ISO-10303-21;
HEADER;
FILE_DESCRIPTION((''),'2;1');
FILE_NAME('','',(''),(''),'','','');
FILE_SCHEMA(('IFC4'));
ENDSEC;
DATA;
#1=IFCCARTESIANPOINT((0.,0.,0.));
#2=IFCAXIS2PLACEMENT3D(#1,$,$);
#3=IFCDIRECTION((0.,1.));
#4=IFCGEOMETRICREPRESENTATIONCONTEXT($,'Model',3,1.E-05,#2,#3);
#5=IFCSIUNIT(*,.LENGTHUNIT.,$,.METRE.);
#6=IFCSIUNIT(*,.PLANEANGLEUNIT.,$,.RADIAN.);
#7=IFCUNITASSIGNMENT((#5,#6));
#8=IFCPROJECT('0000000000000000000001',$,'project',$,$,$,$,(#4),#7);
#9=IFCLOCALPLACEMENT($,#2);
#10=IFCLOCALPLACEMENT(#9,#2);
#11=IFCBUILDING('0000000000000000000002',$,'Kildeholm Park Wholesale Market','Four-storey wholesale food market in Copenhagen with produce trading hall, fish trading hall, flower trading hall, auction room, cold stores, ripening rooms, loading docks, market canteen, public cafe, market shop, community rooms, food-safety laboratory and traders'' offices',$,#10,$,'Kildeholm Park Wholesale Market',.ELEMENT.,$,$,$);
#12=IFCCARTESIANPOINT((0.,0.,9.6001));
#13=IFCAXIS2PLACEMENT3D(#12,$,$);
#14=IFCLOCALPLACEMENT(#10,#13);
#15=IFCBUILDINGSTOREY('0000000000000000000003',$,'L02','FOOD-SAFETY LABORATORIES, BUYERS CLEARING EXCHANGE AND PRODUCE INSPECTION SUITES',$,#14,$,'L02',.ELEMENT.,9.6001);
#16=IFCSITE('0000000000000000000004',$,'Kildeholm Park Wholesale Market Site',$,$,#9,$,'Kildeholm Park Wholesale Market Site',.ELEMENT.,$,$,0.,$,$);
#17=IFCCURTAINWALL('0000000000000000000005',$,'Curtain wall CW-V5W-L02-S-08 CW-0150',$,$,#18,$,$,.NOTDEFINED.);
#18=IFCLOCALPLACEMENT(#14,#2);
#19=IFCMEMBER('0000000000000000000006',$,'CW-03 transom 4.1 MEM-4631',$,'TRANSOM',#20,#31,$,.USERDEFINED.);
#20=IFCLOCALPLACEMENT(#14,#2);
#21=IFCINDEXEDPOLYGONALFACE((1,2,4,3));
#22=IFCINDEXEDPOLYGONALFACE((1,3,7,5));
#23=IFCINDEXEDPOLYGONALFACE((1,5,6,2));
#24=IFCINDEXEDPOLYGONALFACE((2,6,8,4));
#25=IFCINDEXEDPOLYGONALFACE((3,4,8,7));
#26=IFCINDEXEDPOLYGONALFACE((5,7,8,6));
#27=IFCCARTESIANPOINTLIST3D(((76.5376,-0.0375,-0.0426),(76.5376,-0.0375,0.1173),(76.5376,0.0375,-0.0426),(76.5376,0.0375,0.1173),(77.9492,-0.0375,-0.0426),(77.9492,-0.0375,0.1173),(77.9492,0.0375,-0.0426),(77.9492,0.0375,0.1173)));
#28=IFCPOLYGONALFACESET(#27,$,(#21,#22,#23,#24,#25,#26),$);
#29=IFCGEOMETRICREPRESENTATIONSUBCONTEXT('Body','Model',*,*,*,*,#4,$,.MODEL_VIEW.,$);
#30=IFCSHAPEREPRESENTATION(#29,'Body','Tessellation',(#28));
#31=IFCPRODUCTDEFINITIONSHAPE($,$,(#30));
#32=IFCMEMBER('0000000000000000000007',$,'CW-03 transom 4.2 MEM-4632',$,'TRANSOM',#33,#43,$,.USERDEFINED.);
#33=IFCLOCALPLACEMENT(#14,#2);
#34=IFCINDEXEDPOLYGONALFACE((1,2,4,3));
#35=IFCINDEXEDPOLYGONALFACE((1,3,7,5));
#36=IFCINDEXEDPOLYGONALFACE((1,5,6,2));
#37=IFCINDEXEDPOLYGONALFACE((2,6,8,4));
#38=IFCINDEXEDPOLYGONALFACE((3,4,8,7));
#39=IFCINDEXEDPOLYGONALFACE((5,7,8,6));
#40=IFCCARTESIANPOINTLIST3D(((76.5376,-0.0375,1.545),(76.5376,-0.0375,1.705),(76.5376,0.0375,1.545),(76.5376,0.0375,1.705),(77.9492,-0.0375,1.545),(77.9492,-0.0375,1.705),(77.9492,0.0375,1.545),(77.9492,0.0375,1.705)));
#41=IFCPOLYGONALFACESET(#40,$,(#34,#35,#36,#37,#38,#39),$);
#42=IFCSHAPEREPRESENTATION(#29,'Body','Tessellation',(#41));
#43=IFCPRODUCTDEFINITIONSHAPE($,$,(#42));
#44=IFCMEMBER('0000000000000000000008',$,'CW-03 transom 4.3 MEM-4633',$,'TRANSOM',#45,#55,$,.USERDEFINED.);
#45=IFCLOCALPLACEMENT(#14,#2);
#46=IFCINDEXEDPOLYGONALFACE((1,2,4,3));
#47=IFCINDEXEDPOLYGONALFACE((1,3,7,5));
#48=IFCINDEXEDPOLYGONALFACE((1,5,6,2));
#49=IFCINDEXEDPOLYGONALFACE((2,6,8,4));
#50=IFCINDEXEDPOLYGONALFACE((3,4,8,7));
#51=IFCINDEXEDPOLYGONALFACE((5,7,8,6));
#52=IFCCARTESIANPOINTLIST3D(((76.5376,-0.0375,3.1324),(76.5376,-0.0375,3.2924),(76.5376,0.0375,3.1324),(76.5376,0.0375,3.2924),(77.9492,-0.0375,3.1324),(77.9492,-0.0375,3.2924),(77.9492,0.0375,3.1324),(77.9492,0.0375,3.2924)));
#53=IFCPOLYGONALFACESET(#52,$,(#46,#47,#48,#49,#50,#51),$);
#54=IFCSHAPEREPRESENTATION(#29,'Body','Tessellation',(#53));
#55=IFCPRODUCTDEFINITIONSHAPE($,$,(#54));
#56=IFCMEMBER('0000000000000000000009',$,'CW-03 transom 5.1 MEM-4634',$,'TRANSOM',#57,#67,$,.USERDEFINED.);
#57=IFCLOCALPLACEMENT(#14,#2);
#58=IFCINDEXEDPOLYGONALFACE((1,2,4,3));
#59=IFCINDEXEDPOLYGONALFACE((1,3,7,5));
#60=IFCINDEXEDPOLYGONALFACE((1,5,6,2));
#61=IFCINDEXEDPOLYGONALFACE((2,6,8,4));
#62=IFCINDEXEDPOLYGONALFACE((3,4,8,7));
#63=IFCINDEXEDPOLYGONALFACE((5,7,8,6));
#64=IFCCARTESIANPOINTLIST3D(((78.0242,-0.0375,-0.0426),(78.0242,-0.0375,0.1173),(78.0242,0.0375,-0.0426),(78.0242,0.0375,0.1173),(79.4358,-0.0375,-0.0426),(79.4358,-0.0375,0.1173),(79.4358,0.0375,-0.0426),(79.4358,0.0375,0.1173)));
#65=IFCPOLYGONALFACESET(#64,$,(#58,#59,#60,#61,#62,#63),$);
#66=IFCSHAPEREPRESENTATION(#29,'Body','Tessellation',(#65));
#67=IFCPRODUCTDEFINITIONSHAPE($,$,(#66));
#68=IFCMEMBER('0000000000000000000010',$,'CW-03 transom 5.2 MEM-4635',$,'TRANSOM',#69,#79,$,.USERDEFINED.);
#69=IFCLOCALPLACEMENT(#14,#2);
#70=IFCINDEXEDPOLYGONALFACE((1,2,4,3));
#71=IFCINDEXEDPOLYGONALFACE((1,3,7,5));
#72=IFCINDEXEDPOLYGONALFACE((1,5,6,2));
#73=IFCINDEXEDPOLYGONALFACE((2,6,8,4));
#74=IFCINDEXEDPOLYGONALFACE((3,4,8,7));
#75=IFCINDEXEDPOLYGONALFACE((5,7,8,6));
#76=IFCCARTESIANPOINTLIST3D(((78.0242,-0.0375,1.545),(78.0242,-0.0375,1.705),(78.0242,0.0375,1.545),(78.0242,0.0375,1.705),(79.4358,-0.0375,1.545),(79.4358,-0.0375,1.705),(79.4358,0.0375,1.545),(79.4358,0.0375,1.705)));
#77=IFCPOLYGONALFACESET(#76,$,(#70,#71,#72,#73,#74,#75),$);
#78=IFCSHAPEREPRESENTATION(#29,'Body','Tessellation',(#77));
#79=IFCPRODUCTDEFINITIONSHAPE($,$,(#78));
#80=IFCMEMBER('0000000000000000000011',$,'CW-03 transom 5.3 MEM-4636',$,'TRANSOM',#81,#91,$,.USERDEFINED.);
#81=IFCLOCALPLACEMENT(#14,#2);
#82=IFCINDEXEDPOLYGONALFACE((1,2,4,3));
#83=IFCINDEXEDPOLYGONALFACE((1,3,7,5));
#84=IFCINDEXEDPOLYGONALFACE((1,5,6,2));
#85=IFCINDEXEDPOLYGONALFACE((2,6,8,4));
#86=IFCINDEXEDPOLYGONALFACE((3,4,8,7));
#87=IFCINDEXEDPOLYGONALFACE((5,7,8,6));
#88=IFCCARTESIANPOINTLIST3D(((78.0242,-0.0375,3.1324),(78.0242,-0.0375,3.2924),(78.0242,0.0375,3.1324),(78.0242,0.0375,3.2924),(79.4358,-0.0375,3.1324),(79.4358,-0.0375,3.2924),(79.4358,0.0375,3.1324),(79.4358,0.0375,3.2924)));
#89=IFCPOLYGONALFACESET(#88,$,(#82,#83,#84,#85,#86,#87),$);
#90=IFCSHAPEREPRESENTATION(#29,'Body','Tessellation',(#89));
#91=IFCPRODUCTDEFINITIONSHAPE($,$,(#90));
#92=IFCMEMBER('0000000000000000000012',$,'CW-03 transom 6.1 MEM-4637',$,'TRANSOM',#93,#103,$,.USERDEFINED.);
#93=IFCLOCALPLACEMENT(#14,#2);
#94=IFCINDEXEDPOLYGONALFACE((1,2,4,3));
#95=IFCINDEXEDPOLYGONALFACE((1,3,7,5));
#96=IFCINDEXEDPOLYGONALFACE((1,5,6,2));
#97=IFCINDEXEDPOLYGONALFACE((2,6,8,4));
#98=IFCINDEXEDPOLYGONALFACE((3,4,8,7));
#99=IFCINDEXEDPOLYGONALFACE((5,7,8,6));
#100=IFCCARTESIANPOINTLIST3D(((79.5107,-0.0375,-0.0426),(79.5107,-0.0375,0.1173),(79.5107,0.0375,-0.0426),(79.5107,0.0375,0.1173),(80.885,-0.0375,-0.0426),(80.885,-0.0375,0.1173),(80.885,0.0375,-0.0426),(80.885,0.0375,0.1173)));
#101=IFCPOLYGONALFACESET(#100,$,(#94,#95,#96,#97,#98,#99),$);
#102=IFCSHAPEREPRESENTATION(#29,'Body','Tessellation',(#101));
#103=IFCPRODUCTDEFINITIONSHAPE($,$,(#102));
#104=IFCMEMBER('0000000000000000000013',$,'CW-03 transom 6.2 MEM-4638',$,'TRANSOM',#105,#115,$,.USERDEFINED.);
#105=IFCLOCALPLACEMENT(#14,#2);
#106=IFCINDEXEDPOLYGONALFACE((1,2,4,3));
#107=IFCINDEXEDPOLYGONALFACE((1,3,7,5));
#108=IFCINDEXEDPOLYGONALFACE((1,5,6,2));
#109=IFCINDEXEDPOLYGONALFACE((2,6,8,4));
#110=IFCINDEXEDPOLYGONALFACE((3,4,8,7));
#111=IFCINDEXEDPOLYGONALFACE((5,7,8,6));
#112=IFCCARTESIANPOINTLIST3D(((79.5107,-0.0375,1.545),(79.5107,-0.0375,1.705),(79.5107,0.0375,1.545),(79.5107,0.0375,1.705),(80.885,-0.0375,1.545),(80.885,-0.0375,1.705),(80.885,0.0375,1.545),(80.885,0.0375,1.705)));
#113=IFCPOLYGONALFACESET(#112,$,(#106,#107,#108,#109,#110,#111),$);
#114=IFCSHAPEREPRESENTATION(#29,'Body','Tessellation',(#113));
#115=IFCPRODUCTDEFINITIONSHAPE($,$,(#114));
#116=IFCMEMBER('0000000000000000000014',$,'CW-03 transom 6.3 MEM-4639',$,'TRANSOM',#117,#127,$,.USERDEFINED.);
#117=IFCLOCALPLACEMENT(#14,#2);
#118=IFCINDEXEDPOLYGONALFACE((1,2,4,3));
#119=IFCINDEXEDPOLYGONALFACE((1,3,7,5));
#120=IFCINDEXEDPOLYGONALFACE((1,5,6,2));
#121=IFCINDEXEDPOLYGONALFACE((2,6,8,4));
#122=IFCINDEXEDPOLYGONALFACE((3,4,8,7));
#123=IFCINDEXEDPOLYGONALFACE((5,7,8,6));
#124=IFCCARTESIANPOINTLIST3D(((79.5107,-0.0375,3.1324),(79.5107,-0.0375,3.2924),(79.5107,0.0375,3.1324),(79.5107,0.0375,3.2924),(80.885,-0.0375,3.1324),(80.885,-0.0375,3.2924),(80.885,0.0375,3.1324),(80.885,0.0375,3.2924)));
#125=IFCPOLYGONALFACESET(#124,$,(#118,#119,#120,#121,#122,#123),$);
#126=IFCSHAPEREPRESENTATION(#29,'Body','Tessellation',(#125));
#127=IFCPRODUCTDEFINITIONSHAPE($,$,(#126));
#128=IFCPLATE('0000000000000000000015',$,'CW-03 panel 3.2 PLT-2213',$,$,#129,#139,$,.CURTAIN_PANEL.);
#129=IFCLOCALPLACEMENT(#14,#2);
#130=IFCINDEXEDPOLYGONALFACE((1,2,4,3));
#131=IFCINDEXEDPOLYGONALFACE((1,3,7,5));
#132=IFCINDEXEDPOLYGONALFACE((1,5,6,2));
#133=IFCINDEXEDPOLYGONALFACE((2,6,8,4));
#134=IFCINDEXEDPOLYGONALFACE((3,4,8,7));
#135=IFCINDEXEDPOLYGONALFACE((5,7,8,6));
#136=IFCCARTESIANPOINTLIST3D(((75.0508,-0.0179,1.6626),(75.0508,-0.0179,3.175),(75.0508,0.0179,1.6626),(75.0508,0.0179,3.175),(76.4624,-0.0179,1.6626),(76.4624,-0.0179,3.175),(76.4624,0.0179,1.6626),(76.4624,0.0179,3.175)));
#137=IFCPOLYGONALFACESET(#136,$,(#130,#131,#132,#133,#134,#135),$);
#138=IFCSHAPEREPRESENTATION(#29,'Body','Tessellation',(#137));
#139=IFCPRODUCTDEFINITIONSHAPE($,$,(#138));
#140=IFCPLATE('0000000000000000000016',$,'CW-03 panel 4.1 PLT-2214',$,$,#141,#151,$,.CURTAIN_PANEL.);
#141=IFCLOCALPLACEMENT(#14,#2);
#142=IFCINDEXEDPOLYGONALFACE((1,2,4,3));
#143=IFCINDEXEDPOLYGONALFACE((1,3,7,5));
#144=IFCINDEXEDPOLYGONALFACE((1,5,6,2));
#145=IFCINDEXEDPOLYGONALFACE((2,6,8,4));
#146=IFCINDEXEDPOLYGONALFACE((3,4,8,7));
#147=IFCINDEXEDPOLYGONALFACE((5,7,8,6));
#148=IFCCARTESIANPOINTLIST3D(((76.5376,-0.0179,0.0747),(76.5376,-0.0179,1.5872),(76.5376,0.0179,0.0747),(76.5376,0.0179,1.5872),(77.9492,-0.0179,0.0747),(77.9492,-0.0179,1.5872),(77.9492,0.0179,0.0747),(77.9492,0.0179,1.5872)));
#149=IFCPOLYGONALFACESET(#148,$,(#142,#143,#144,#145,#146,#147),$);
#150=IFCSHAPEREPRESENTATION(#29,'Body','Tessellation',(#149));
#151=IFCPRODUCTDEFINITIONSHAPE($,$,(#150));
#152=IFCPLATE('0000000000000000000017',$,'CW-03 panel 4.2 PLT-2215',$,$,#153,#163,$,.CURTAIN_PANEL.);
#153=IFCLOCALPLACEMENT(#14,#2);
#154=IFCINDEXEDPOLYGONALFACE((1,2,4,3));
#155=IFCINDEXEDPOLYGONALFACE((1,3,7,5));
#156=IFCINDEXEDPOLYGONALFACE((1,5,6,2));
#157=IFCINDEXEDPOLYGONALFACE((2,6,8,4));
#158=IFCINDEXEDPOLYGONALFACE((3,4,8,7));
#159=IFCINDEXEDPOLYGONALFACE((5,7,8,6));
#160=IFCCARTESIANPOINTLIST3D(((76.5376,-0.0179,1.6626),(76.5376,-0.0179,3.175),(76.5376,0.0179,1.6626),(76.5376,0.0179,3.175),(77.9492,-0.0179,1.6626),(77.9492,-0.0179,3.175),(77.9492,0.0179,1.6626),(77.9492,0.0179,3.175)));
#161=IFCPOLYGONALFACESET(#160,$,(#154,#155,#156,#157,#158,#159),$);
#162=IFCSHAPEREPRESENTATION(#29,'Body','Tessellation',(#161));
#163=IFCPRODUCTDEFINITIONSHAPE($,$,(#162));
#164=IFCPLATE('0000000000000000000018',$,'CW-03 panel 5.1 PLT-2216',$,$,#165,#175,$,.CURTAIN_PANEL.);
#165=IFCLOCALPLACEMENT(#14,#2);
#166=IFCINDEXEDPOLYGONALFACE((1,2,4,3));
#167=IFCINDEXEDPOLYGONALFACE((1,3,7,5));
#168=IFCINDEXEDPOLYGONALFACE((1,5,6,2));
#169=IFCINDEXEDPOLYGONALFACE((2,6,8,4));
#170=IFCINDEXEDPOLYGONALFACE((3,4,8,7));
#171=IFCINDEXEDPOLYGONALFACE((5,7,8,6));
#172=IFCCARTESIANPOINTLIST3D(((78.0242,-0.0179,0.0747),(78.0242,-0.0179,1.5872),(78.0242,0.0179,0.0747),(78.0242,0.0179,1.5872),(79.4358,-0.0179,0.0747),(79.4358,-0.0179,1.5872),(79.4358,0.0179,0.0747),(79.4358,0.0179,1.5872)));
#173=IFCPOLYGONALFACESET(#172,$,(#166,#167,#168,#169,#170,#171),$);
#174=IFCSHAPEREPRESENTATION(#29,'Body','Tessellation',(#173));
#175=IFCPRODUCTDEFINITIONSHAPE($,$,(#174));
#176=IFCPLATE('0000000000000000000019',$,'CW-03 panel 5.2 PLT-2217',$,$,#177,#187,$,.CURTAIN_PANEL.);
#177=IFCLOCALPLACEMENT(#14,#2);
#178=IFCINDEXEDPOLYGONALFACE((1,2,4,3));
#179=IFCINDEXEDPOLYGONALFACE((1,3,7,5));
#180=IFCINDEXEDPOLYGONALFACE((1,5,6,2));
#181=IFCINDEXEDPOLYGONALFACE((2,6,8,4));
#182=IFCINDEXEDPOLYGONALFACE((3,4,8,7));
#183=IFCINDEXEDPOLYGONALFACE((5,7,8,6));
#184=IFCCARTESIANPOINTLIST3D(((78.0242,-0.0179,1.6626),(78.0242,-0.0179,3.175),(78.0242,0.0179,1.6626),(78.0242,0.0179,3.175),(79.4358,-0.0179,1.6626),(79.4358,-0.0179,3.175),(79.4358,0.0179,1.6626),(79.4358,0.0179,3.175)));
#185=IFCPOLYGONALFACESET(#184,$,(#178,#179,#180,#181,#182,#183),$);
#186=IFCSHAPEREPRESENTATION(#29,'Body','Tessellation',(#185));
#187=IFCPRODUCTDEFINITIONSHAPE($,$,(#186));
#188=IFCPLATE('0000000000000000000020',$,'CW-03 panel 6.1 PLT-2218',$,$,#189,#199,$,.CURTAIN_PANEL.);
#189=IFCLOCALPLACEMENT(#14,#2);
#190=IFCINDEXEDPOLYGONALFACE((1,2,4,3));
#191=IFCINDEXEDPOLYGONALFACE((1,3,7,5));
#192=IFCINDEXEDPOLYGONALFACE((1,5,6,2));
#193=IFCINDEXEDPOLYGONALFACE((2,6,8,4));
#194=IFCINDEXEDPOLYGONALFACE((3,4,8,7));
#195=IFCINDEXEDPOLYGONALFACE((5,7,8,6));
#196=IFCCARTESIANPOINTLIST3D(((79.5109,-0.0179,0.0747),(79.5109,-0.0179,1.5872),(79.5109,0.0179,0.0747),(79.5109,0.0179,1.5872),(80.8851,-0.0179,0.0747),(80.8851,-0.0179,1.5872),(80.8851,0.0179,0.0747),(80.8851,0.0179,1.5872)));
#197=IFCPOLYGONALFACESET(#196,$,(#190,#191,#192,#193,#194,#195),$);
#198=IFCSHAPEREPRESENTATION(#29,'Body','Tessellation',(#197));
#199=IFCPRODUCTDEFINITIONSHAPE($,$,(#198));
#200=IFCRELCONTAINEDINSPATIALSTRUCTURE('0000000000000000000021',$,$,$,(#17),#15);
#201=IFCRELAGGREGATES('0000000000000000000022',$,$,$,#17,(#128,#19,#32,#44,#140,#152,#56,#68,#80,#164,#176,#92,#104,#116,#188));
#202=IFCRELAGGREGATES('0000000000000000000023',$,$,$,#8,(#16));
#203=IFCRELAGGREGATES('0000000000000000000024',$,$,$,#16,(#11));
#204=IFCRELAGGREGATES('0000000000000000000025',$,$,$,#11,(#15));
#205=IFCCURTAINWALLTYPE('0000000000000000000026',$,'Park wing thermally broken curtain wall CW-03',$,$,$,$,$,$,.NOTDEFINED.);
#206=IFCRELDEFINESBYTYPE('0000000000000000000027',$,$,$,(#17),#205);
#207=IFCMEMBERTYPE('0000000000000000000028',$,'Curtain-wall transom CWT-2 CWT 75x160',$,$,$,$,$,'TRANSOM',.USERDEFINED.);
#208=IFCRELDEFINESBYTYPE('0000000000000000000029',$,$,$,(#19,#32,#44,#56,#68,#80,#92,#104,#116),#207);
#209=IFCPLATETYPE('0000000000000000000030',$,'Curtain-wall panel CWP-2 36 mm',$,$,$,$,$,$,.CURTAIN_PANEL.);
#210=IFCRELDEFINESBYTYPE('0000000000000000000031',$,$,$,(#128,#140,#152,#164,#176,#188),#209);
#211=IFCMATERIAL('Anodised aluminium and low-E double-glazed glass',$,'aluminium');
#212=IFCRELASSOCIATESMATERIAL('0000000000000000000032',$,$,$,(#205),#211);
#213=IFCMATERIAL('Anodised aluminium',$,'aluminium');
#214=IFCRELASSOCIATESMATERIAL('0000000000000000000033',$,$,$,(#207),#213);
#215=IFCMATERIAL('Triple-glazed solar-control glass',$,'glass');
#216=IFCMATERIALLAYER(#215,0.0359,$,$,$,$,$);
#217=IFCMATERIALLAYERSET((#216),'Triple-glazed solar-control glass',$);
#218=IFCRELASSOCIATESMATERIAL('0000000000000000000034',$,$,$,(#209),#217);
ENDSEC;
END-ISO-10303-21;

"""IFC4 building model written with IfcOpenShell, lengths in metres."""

from ifc_helpers import new_model, si_unit, direction, frame, origin, origin_2d, place, context, subcontext, project, spatial, rectangle, extrude, material, layer, layer_set, material_profile, profile_set, type_object, element, aggregate, save


model = new_model("IFC4")

# Units and contexts
model_context = context("Model", 3, precision=1e-05, world=origin(), true_north=direction((0.0, 1.0)))
body_context = subcontext(model_context, "Body", "Model", "MODEL_VIEW")
ifc_project = project(units=[si_unit("LENGTHUNIT", "METRE"), si_unit("PLANEANGLEUNIT", "RADIAN")], contexts=[model_context])

# Site, building, storey
site_placement = place(None, origin())
site = spatial("IfcSite", under=ifc_project, at=site_placement, Name="Kildeholm Park Wholesale Market Site", LongName="Kildeholm Park Wholesale Market Site", CompositionType="ELEMENT", RefElevation=0.0)
building_placement = place(site_placement, origin())
building = spatial("IfcBuilding", under=site, at=building_placement, Name="Kildeholm Park Wholesale Market", Description="Four-storey wholesale food market in Copenhagen with produce trading hall, fish trading hall, flower trading hall, auction room, cold stores, ripening rooms, loading docks, market canteen, public cafe, market shop, community rooms, food-safety laboratory and traders' offices", LongName="Kildeholm Park Wholesale Market", CompositionType="ELEMENT")
storey_placement = place(building_placement, frame((0.0, 0.0, 9.6001)))
storey = spatial("IfcBuildingStorey", under=building, at=storey_placement, Name="L02", Description="FOOD-SAFETY LABORATORIES, BUYERS CLEARING EXCHANGE AND PRODUCE INSPECTION SUITES", LongName="L02", CompositionType="ELEMENT", Elevation=9.6001)

# Curtain wall, members, plates
ifc_material_1 = material(Name="Anodised aluminium and low-E double-glazed glass", Category="aluminium")
curtain_wall_type = type_object("IfcCurtainWallType", Name="Park wing thermally broken curtain wall CW-03", PredefinedType="NOTDEFINED", material=ifc_material_1)
curtain_wall_placement = place(storey_placement, origin())
curtain_wall = element("IfcCurtainWall", 1, at=curtain_wall_placement, inside=storey, type_object=curtain_wall_type, Name="Curtain wall CW-V5W-L02-S-08 CW-0150", PredefinedType="NOTDEFINED")
ifc_material_2 = material(Name="Anodised aluminium", Category="aluminium")
ifc_material_profile_1 = material_profile(ifc_material_2, rectangle(XDim=0.075, YDim=0.1599, at=origin_2d()), Name="CWT 75x160")
ifc_profile_set_1 = profile_set([ifc_material_profile_1], Name="Anodised aluminium")
member_type_1 = type_object("IfcMemberType", Name="Curtain-wall transom CWT-2 CWT 75x160", ElementType="TRANSOM", PredefinedType="USERDEFINED", material=ifc_profile_set_1)
member_1_placement = place(storey_placement, frame((76.5376, 0.0, 0.0374), z_axis=(1.0, 0.0, 0.0), x_axis=(0.0, 1.0, 0.0)))
member_1 = element("IfcMember", 2, at=member_1_placement, type_object=member_type_1, Name="CW-03 transom 4.1 MEM-4631", ObjectType="TRANSOM", PredefinedType="USERDEFINED", context=body_context, shape_type="SweptSolid", body=[
    extrude(rectangle(XDim=0.075, YDim=0.1599, at=origin_2d()), origin(), (0.0, 0.0, 1.0), 1.4116),
])
member_2_placement = place(storey_placement, frame((76.5376, 0.0, 1.625), z_axis=(1.0, 0.0, 0.0), x_axis=(0.0, 1.0, 0.0)))
member_2 = element("IfcMember", 3, at=member_2_placement, type_object=member_type_1, Name="CW-03 transom 4.2 MEM-4632", ObjectType="TRANSOM", PredefinedType="USERDEFINED", context=body_context, shape_type="SweptSolid", body=[
    extrude(rectangle(XDim=0.075, YDim=0.1599, at=origin_2d()), origin(), (0.0, 0.0, 1.0), 1.4116),
])
member_3_placement = place(storey_placement, frame((76.5376, 0.0, 3.2124), z_axis=(1.0, 0.0, 0.0), x_axis=(0.0, 1.0, 0.0)))
member_3 = element("IfcMember", 4, at=member_3_placement, type_object=member_type_1, Name="CW-03 transom 4.3 MEM-4633", ObjectType="TRANSOM", PredefinedType="USERDEFINED", context=body_context, shape_type="SweptSolid", body=[
    extrude(rectangle(XDim=0.075, YDim=0.1599, at=origin_2d()), origin(), (0.0, 0.0, 1.0), 1.4116),
])
member_4_placement = place(storey_placement, frame((78.0242, 0.0, 0.0374), z_axis=(1.0, 0.0, 0.0), x_axis=(0.0, 1.0, 0.0)))
member_4 = element("IfcMember", 5, at=member_4_placement, type_object=member_type_1, Name="CW-03 transom 5.1 MEM-4634", ObjectType="TRANSOM", PredefinedType="USERDEFINED", context=body_context, shape_type="SweptSolid", body=[
    extrude(rectangle(XDim=0.075, YDim=0.1599, at=origin_2d()), origin(), (0.0, 0.0, 1.0), 1.4116),
])
member_5_placement = place(storey_placement, frame((78.0242, 0.0, 1.625), z_axis=(1.0, 0.0, 0.0), x_axis=(0.0, 1.0, 0.0)))
member_5 = element("IfcMember", 6, at=member_5_placement, type_object=member_type_1, Name="CW-03 transom 5.2 MEM-4635", ObjectType="TRANSOM", PredefinedType="USERDEFINED", context=body_context, shape_type="SweptSolid", body=[
    extrude(rectangle(XDim=0.075, YDim=0.1599, at=origin_2d()), origin(), (0.0, 0.0, 1.0), 1.4116),
])
member_6_placement = place(storey_placement, frame((78.0242, 0.0, 3.2124), z_axis=(1.0, 0.0, 0.0), x_axis=(0.0, 1.0, 0.0)))
member_6 = element("IfcMember", 7, at=member_6_placement, type_object=member_type_1, Name="CW-03 transom 5.3 MEM-4636", ObjectType="TRANSOM", PredefinedType="USERDEFINED", context=body_context, shape_type="SweptSolid", body=[
    extrude(rectangle(XDim=0.075, YDim=0.1599, at=origin_2d()), origin(), (0.0, 0.0, 1.0), 1.4116),
])
member_7_placement = place(storey_placement, frame((79.5107, 0.0, 0.0374), z_axis=(1.0, 0.0, 0.0), x_axis=(0.0, 1.0, 0.0)))
member_7 = element("IfcMember", 8, at=member_7_placement, type_object=member_type_1, Name="CW-03 transom 6.1 MEM-4637", ObjectType="TRANSOM", PredefinedType="USERDEFINED", context=body_context, shape_type="SweptSolid", body=[
    extrude(rectangle(XDim=0.075, YDim=0.1599, at=origin_2d()), origin(), (0.0, 0.0, 1.0), 1.3743),
])
member_8_placement = place(storey_placement, frame((79.5107, 0.0, 1.625), z_axis=(1.0, 0.0, 0.0), x_axis=(0.0, 1.0, 0.0)))
member_8 = element("IfcMember", 9, at=member_8_placement, type_object=member_type_1, Name="CW-03 transom 6.2 MEM-4638", ObjectType="TRANSOM", PredefinedType="USERDEFINED", context=body_context, shape_type="SweptSolid", body=[
    extrude(rectangle(XDim=0.075, YDim=0.1599, at=origin_2d()), origin(), (0.0, 0.0, 1.0), 1.3743),
])
member_9_placement = place(storey_placement, frame((79.5107, 0.0, 3.2124), z_axis=(1.0, 0.0, 0.0), x_axis=(0.0, 1.0, 0.0)))
member_9 = element("IfcMember", 10, at=member_9_placement, type_object=member_type_1, Name="CW-03 transom 6.3 MEM-4639", ObjectType="TRANSOM", PredefinedType="USERDEFINED", context=body_context, shape_type="SweptSolid", body=[
    extrude(rectangle(XDim=0.075, YDim=0.1599, at=origin_2d()), origin(), (0.0, 0.0, 1.0), 1.3743),
])
ifc_material_3 = material(Name="Triple-glazed solar-control glass", Category="glass")
ifc_layer_1 = layer(ifc_material_3, 0.0359)
ifc_layer_set_1 = layer_set([ifc_layer_1], Name="Triple-glazed solar-control glass")
plate_type = type_object("IfcPlateType", Name="Curtain-wall panel CWP-2 36 mm", PredefinedType="CURTAIN_PANEL", material=ifc_layer_set_1)
plate_1_placement = place(storey_placement, frame((75.7566, 0.0, 1.6626), z_axis=(0.0, 0.0, 1.0), x_axis=(1.0, 0.0, 0.0)))
plate_1 = element("IfcPlate", 11, at=plate_1_placement, type_object=plate_type, Name="CW-03 panel 3.2 PLT-2213", PredefinedType="CURTAIN_PANEL", context=body_context, shape_type="SweptSolid", body=[
    extrude(rectangle(XDim=1.4116, YDim=0.0359, at=origin_2d()), origin(), (0.0, 0.0, 1.0), 1.5125),
])
plate_2_placement = place(storey_placement, frame((77.2434, 0.0, 0.0747), z_axis=(0.0, 0.0, 1.0), x_axis=(1.0, 0.0, 0.0)))
plate_2 = element("IfcPlate", 12, at=plate_2_placement, type_object=plate_type, Name="CW-03 panel 4.1 PLT-2214", PredefinedType="CURTAIN_PANEL", context=body_context, shape_type="SweptSolid", body=[
    extrude(rectangle(XDim=1.4116, YDim=0.0359, at=origin_2d()), origin(), (0.0, 0.0, 1.0), 1.5125),
])
plate_3_placement = place(storey_placement, frame((77.2434, 0.0, 1.6626), z_axis=(0.0, 0.0, 1.0), x_axis=(1.0, 0.0, 0.0)))
plate_3 = element("IfcPlate", 13, at=plate_3_placement, type_object=plate_type, Name="CW-03 panel 4.2 PLT-2215", PredefinedType="CURTAIN_PANEL", context=body_context, shape_type="SweptSolid", body=[
    extrude(rectangle(XDim=1.4116, YDim=0.0359, at=origin_2d()), origin(), (0.0, 0.0, 1.0), 1.5125),
])
plate_4_placement = place(storey_placement, frame((78.73, 0.0, 0.0747), z_axis=(0.0, 0.0, 1.0), x_axis=(1.0, 0.0, 0.0)))
plate_4 = element("IfcPlate", 14, at=plate_4_placement, type_object=plate_type, Name="CW-03 panel 5.1 PLT-2216", PredefinedType="CURTAIN_PANEL", context=body_context, shape_type="SweptSolid", body=[
    extrude(rectangle(XDim=1.4116, YDim=0.0359, at=origin_2d()), origin(), (0.0, 0.0, 1.0), 1.5125),
])
plate_5_placement = place(storey_placement, frame((78.73, 0.0, 1.6626), z_axis=(0.0, 0.0, 1.0), x_axis=(1.0, 0.0, 0.0)))
plate_5 = element("IfcPlate", 15, at=plate_5_placement, type_object=plate_type, Name="CW-03 panel 5.2 PLT-2217", PredefinedType="CURTAIN_PANEL", context=body_context, shape_type="SweptSolid", body=[
    extrude(rectangle(XDim=1.4116, YDim=0.0359, at=origin_2d()), origin(), (0.0, 0.0, 1.0), 1.5125),
])
plate_6_placement = place(storey_placement, frame((80.198, 0.0, 0.0747), z_axis=(0.0, 0.0, 1.0), x_axis=(1.0, 0.0, 0.0)))
plate_6 = element("IfcPlate", 16, at=plate_6_placement, type_object=plate_type, Name="CW-03 panel 6.1 PLT-2218", PredefinedType="CURTAIN_PANEL", context=body_context, shape_type="SweptSolid", body=[
    extrude(rectangle(XDim=1.3743, YDim=0.0359, at=origin_2d()), origin(), (0.0, 0.0, 1.0), 1.5125),
])
aggregate(curtain_wall, [plate_1, member_1, member_2, member_3, plate_2, plate_3, member_4, member_5, member_6, plate_4, plate_5, member_7, member_8, member_9, plate_6])

save(model, "model.ifc")
